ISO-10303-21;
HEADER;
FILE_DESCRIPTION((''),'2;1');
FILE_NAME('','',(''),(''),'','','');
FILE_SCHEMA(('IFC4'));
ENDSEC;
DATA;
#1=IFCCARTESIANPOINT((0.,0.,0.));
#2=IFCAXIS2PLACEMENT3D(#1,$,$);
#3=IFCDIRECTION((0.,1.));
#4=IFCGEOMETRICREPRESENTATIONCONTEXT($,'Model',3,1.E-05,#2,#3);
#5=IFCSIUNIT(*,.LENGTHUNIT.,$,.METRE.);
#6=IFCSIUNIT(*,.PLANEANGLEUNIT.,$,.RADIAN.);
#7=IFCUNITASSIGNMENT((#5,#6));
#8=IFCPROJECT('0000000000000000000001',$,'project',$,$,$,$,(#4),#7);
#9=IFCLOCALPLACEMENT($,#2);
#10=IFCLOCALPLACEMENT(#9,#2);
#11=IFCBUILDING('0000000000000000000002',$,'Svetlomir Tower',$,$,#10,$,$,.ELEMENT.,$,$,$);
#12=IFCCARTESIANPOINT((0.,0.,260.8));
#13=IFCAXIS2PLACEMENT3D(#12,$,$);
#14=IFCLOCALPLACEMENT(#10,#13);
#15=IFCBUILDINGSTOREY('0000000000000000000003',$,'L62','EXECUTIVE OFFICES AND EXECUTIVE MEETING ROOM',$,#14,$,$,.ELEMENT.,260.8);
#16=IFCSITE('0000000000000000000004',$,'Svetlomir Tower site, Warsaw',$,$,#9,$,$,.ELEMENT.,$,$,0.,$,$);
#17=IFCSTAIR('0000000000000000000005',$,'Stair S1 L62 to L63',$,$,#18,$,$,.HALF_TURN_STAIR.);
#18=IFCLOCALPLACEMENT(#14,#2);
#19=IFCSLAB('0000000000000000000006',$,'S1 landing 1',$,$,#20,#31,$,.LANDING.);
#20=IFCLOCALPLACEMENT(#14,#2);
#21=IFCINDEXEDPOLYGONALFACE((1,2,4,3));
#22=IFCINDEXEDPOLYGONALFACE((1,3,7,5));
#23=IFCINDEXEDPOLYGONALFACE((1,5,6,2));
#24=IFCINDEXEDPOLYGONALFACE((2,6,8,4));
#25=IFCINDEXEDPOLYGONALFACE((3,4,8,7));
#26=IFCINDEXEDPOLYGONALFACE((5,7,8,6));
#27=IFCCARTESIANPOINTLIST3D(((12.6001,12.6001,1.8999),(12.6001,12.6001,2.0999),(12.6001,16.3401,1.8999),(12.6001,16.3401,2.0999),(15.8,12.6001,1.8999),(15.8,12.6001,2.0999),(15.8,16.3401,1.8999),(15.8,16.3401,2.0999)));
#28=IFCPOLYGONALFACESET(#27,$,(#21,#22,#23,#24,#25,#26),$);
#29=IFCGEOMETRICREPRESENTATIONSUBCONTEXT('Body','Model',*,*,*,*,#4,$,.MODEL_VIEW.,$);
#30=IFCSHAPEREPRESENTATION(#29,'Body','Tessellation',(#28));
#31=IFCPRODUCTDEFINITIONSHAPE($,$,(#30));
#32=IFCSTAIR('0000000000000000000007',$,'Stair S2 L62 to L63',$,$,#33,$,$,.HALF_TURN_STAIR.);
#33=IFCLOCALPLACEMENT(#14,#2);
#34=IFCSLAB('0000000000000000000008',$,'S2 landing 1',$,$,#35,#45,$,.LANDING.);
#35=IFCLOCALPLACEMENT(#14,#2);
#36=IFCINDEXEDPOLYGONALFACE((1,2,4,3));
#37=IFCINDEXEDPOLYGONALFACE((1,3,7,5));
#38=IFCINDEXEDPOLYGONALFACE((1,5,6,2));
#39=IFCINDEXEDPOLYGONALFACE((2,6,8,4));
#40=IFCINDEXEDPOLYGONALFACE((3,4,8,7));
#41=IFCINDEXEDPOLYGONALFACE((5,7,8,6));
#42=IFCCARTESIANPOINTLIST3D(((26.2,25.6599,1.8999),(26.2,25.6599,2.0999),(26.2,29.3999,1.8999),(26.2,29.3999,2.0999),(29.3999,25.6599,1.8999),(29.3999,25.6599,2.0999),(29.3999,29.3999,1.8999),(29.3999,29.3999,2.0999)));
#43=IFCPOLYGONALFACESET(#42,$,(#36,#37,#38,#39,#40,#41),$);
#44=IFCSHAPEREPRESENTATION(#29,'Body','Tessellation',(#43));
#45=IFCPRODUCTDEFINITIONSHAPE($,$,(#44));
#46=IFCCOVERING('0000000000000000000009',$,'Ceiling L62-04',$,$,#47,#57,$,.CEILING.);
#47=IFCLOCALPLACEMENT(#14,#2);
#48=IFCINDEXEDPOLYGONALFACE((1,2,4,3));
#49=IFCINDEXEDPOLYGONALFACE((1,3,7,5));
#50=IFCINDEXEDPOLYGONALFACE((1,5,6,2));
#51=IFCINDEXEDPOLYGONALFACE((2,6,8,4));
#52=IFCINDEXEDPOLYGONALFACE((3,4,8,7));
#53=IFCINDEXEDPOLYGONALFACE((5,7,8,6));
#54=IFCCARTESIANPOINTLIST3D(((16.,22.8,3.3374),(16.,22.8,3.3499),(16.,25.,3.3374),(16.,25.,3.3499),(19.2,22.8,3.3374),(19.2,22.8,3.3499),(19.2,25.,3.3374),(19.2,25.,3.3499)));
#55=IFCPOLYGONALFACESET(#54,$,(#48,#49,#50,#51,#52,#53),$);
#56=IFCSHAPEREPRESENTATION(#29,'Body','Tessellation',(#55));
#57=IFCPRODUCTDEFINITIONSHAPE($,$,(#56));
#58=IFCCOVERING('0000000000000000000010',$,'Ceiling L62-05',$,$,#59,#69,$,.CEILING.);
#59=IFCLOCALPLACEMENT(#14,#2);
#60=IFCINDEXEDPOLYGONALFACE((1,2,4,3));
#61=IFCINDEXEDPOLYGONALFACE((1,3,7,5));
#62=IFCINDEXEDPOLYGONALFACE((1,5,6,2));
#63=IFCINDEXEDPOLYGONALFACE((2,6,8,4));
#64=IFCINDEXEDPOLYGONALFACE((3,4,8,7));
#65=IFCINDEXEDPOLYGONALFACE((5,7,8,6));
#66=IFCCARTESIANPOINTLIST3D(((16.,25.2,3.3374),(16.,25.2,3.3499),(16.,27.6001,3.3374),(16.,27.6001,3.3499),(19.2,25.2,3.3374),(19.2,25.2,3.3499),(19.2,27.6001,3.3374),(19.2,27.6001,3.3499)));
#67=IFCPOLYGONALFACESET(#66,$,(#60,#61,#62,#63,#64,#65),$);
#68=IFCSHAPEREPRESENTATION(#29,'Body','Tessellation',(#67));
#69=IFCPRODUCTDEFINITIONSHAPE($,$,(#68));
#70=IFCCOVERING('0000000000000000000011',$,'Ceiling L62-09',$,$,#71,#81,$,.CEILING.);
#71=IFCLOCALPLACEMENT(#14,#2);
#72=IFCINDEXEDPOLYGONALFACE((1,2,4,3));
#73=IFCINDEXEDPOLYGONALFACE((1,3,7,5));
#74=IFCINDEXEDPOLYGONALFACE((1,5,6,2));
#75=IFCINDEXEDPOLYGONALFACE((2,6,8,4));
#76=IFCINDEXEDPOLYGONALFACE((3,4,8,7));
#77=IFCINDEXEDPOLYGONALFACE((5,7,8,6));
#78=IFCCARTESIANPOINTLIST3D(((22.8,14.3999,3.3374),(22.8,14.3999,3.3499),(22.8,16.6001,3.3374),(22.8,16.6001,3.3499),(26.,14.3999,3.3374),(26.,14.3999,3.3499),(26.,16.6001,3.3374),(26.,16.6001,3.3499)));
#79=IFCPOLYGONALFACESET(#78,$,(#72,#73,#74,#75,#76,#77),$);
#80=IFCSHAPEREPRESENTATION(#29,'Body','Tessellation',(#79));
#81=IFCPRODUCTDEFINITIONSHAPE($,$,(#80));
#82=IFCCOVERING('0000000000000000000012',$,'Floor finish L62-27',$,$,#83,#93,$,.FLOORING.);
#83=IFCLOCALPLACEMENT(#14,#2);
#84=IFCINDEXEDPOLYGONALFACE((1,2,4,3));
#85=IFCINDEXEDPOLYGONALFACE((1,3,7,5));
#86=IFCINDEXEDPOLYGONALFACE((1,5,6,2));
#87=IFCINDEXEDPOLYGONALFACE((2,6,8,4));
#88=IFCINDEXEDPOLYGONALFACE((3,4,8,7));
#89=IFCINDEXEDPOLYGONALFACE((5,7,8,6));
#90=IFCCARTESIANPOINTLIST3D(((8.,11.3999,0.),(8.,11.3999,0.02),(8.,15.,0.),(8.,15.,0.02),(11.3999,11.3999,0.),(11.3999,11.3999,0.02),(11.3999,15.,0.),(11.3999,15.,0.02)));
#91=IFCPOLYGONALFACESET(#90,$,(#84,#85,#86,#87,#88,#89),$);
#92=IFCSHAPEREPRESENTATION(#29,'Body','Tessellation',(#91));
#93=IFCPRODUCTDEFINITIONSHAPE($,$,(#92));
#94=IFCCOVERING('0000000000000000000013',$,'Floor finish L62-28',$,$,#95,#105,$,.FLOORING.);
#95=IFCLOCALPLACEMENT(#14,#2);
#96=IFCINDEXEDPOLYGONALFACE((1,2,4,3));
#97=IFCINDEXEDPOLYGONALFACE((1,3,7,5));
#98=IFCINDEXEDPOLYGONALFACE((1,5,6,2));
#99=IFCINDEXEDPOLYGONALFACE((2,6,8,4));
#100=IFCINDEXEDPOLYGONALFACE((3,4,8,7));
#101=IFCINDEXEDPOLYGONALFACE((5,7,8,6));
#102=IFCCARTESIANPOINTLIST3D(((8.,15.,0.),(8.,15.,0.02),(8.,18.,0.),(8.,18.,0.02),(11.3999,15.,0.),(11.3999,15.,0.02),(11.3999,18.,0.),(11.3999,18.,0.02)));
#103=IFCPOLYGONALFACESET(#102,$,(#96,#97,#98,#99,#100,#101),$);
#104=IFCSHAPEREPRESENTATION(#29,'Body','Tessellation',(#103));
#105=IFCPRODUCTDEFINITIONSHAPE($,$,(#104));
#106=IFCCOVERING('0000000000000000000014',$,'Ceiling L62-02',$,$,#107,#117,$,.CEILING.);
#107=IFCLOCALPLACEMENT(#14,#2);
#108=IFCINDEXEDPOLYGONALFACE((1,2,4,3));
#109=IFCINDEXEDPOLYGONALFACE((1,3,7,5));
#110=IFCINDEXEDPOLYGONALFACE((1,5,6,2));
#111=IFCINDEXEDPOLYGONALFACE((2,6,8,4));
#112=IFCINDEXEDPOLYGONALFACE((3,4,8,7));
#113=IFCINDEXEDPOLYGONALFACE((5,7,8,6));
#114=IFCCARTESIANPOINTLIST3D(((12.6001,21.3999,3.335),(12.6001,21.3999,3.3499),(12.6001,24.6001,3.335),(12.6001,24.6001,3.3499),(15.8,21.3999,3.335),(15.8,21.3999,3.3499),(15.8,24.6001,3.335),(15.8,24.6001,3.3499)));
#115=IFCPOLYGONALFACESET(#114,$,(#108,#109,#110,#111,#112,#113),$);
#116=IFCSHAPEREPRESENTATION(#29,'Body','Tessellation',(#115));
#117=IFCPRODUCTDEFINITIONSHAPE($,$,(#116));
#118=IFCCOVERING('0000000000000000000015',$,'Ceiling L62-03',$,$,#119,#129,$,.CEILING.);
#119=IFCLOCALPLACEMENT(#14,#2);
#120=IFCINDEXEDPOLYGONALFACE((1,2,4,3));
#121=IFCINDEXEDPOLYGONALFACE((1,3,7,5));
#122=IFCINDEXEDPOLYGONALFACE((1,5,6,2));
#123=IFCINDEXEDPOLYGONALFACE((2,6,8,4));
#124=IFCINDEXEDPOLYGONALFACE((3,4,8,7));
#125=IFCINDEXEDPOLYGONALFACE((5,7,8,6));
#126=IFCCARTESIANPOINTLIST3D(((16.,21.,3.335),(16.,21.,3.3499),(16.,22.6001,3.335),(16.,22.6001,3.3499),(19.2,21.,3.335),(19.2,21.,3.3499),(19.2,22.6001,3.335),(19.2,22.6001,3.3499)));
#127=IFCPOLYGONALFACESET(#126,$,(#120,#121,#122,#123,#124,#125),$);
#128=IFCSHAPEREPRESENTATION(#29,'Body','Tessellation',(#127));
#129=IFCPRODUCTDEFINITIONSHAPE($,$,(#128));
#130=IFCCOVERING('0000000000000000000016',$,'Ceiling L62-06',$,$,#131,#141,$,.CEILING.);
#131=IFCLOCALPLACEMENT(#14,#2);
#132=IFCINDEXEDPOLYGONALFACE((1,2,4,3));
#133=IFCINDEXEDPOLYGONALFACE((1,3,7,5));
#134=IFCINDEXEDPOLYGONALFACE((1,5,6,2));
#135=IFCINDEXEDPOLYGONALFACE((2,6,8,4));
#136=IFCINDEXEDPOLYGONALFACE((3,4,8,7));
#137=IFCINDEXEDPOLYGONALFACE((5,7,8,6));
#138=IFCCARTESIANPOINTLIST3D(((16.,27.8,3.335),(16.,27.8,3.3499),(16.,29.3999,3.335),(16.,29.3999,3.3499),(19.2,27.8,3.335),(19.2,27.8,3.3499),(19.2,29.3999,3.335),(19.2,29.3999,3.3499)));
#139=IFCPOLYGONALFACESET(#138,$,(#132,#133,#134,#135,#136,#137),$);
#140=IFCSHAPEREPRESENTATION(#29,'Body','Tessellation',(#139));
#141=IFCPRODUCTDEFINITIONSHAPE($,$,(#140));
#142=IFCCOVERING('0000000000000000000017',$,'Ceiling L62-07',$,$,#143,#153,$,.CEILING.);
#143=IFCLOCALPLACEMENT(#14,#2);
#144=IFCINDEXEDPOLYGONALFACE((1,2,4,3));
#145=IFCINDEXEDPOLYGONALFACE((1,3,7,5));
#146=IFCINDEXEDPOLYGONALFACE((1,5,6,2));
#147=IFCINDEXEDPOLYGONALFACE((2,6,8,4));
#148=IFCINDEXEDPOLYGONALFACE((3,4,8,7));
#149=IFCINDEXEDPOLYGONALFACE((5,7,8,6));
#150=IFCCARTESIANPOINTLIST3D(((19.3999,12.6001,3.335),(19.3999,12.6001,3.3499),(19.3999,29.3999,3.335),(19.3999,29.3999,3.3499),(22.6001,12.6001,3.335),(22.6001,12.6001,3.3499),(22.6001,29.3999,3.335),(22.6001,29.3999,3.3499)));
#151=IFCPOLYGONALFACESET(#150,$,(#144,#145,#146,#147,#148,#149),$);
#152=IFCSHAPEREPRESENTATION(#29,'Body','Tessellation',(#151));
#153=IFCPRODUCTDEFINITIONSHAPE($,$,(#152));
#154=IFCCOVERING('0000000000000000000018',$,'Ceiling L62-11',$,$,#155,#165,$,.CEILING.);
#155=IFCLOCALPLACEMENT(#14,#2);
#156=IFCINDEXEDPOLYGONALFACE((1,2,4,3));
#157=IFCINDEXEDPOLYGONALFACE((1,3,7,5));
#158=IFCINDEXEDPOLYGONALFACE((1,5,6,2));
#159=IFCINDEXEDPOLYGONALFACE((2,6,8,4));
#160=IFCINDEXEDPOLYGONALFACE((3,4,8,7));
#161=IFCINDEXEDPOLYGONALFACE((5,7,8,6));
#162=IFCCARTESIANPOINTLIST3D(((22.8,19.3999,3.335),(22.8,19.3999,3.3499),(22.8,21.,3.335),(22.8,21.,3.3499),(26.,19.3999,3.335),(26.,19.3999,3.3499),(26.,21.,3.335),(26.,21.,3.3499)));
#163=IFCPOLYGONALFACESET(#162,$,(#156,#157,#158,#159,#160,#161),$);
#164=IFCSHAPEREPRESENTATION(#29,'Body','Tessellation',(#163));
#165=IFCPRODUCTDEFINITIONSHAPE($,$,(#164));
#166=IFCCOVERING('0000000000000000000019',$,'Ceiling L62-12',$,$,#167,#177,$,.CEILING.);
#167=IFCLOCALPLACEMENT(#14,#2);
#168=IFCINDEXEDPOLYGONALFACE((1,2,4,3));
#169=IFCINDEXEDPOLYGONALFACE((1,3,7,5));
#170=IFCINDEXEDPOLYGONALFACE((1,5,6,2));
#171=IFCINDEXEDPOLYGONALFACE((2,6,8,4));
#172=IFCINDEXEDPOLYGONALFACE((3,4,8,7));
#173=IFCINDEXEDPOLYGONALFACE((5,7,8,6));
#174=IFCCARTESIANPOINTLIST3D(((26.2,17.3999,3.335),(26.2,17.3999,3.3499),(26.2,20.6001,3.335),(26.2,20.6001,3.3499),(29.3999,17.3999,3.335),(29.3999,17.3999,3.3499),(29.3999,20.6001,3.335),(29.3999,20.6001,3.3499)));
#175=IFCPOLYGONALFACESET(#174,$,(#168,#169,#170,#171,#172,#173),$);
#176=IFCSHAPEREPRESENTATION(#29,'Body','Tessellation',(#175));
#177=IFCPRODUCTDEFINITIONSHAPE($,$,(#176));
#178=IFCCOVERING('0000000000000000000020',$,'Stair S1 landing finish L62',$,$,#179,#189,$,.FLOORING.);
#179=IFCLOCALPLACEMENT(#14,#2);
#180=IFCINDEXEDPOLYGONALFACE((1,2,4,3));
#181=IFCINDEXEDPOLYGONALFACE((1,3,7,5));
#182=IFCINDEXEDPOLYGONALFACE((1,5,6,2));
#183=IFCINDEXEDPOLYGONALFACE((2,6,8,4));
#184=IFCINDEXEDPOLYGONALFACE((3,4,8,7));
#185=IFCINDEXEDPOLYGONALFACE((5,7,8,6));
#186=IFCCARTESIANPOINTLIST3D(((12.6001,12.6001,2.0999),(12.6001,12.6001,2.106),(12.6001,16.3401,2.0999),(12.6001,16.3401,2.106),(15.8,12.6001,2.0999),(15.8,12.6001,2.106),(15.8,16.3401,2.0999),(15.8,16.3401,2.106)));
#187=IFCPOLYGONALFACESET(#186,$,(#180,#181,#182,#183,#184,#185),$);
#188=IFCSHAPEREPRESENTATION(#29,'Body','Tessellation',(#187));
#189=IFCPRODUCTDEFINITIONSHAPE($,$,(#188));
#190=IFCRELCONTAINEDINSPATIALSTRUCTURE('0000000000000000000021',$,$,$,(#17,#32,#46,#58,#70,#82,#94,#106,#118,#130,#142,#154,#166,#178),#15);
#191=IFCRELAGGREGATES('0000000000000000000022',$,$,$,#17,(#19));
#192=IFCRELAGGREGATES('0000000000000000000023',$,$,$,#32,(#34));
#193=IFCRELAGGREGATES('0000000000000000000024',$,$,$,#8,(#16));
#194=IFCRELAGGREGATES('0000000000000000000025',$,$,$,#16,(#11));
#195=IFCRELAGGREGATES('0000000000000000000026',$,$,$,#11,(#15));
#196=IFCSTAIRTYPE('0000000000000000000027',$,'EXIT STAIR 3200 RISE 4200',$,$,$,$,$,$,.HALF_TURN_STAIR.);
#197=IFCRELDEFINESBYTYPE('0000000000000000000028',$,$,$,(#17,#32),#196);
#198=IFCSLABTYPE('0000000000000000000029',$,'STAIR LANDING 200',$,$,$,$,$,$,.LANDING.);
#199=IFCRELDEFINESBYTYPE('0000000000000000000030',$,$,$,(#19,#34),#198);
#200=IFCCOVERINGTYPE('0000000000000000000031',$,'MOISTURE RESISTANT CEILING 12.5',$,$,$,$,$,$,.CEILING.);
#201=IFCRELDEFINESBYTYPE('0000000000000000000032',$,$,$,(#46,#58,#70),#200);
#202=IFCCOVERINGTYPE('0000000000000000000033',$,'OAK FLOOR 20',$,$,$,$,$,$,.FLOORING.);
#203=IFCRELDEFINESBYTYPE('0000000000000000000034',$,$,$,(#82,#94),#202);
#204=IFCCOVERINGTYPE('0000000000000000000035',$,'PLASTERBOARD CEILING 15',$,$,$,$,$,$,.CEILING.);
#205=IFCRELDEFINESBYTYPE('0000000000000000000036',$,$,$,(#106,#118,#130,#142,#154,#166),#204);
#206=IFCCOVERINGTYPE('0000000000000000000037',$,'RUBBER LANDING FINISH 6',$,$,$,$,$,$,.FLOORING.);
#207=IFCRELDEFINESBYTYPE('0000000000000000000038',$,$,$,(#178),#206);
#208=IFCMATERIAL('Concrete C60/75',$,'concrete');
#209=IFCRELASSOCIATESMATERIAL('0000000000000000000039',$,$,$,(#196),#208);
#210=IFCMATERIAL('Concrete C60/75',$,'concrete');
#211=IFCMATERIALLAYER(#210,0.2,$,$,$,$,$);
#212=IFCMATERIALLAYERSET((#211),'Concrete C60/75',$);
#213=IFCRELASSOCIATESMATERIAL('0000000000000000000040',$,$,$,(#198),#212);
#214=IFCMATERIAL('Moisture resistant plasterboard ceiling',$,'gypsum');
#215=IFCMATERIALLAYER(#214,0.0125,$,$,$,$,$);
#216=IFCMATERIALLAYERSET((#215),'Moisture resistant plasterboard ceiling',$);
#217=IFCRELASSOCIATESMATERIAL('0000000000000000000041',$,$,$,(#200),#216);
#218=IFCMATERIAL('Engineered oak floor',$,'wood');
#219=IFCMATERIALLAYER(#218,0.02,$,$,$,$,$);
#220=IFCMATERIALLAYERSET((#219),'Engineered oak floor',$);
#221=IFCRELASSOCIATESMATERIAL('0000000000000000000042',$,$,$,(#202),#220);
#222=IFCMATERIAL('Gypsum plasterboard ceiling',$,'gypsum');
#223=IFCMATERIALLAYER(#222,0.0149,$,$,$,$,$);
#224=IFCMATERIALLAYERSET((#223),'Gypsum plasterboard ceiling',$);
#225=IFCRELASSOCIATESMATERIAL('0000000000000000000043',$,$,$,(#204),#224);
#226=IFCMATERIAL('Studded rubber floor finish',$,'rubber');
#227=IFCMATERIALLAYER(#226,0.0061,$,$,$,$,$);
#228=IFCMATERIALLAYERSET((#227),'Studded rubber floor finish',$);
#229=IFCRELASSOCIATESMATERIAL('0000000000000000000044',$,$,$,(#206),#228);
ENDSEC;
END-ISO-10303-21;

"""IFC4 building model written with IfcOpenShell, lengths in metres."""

from ifc_helpers import new_model, si_unit, direction, frame, origin, place, context, subcontext, project, spatial, polyline, outline, extrude, material, layer, layer_set, type_object, element, aggregate, save


model = new_model("IFC4")

# Units and contexts
model_context = context("Model", 3, precision=1e-05, world=origin(), true_north=direction((0.0, 1.0)))
body_context = subcontext(model_context, "Body", "Model", "MODEL_VIEW")
ifc_project = project(units=[si_unit("LENGTHUNIT", "METRE"), si_unit("PLANEANGLEUNIT", "RADIAN")], contexts=[model_context])

# Site, building, storey
site_placement = place(None, origin())
site = spatial("IfcSite", under=ifc_project, at=site_placement, Name="Svetlomir Tower site, Warsaw", CompositionType="ELEMENT", RefElevation=0.0)
building_placement = place(site_placement, origin())
building = spatial("IfcBuilding", under=site, at=building_placement, Name="Svetlomir Tower", CompositionType="ELEMENT")
storey_placement = place(building_placement, frame((0.0, 0.0, 260.8)))
storey = spatial("IfcBuildingStorey", under=building, at=storey_placement, Name="L62", Description="EXECUTIVE OFFICES AND EXECUTIVE MEETING ROOM", CompositionType="ELEMENT", Elevation=260.8)

# Stairs, slabs
ifc_material_1 = material(Name="Concrete C60/75", Category="concrete")
stair_type = type_object("IfcStairType", Name="EXIT STAIR 3200 RISE 4200", PredefinedType="HALF_TURN_STAIR", material=ifc_material_1)
stair_1_placement = place(storey_placement, origin())
stair_1 = element("IfcStair", 1, at=stair_1_placement, inside=storey, type_object=stair_type, Name="Stair S1 L62 to L63", PredefinedType="HALF_TURN_STAIR")
ifc_material_2 = material(Name="Concrete C60/75", Category="concrete")
ifc_layer_1 = layer(ifc_material_2, 0.2)
ifc_layer_set_1 = layer_set([ifc_layer_1], Name="Concrete C60/75")
slab_type = type_object("IfcSlabType", Name="STAIR LANDING 200", PredefinedType="LANDING", material=ifc_layer_set_1)
slab_1_placement = place(storey_placement, frame((0.0, 0.0, 1.8999)))
slab_1 = element("IfcSlab", 2, at=slab_1_placement, type_object=slab_type, Name="S1 landing 1", PredefinedType="LANDING", context=body_context, shape_type="SweptSolid", body=[
    extrude(outline(polyline([(12.6001, 12.6001), (15.8, 12.6001), (15.8, 16.3401), (12.6001, 16.3401), (12.6001, 12.6001)])), origin(), (0.0, 0.0, 1.0), 0.2),
])
aggregate(stair_1, [slab_1])
stair_2_placement = place(storey_placement, origin())
stair_2 = element("IfcStair", 3, at=stair_2_placement, inside=storey, type_object=stair_type, Name="Stair S2 L62 to L63", PredefinedType="HALF_TURN_STAIR")
slab_2_placement = place(storey_placement, frame((0.0, 0.0, 1.8999)))
slab_2 = element("IfcSlab", 4, at=slab_2_placement, type_object=slab_type, Name="S2 landing 1", PredefinedType="LANDING", context=body_context, shape_type="SweptSolid", body=[
    extrude(outline(polyline([(26.2, 25.6599), (29.3999, 25.6599), (29.3999, 29.3999), (26.2, 29.3999), (26.2, 25.6599)])), origin(), (0.0, 0.0, 1.0), 0.2),
])
aggregate(stair_2, [slab_2])

# Coverings
ifc_material_3 = material(Name="Moisture resistant plasterboard ceiling", Category="gypsum")
ifc_layer_2 = layer(ifc_material_3, 0.0125)
ifc_layer_set_2 = layer_set([ifc_layer_2], Name="Moisture resistant plasterboard ceiling")
covering_type_1 = type_object("IfcCoveringType", Name="MOISTURE RESISTANT CEILING 12.5", PredefinedType="CEILING", material=ifc_layer_set_2)
covering_1_placement = place(storey_placement, frame((0.0, 0.0, 3.3374)))
element("IfcCovering", 5, at=covering_1_placement, inside=storey, type_object=covering_type_1, Name="Ceiling L62-04", PredefinedType="CEILING", context=body_context, shape_type="SweptSolid", body=[
    extrude(outline(polyline([(16.0, 22.8), (19.2, 22.8), (19.2, 25.0), (16.0, 25.0), (16.0, 22.8)])), origin(), (0.0, 0.0, 1.0), 0.0125),
])
covering_2_placement = place(storey_placement, frame((0.0, 0.0, 3.3374)))
element("IfcCovering", 6, at=covering_2_placement, inside=storey, type_object=covering_type_1, Name="Ceiling L62-05", PredefinedType="CEILING", context=body_context, shape_type="SweptSolid", body=[
    extrude(outline(polyline([(16.0, 25.2), (19.2, 25.2), (19.2, 27.6001), (16.0, 27.6001), (16.0, 25.2)])), origin(), (0.0, 0.0, 1.0), 0.0125),
])
covering_3_placement = place(storey_placement, frame((0.0, 0.0, 3.3374)))
element("IfcCovering", 7, at=covering_3_placement, inside=storey, type_object=covering_type_1, Name="Ceiling L62-09", PredefinedType="CEILING", context=body_context, shape_type="SweptSolid", body=[
    extrude(outline(polyline([(22.8, 14.3999), (26.0, 14.3999), (26.0, 16.6001), (22.8, 16.6001), (22.8, 14.3999)])), origin(), (0.0, 0.0, 1.0), 0.0125),
])
ifc_material_4 = material(Name="Engineered oak floor", Category="wood")
ifc_layer_3 = layer(ifc_material_4, 0.02)
ifc_layer_set_3 = layer_set([ifc_layer_3], Name="Engineered oak floor")
covering_type_2 = type_object("IfcCoveringType", Name="OAK FLOOR 20", PredefinedType="FLOORING", material=ifc_layer_set_3)
covering_4_placement = place(storey_placement, origin())
element("IfcCovering", 8, at=covering_4_placement, inside=storey, type_object=covering_type_2, Name="Floor finish L62-27", PredefinedType="FLOORING", context=body_context, shape_type="SweptSolid", body=[
    extrude(outline(polyline([(8.0, 11.3999), (11.3999, 11.3999), (11.3999, 15.0), (8.0, 15.0), (8.0, 11.3999)])), origin(), (0.0, 0.0, 1.0), 0.02),
])
covering_5_placement = place(storey_placement, origin())
element("IfcCovering", 9, at=covering_5_placement, inside=storey, type_object=covering_type_2, Name="Floor finish L62-28", PredefinedType="FLOORING", context=body_context, shape_type="SweptSolid", body=[
    extrude(outline(polyline([(8.0, 15.0), (11.3999, 15.0), (11.3999, 18.0), (8.0, 18.0), (8.0, 15.0)])), origin(), (0.0, 0.0, 1.0), 0.02),
])
ifc_material_5 = material(Name="Gypsum plasterboard ceiling", Category="gypsum")
ifc_layer_4 = layer(ifc_material_5, 0.0149)
ifc_layer_set_4 = layer_set([ifc_layer_4], Name="Gypsum plasterboard ceiling")
covering_type_3 = type_object("IfcCoveringType", Name="PLASTERBOARD CEILING 15", PredefinedType="CEILING", material=ifc_layer_set_4)
covering_6_placement = place(storey_placement, frame((0.0, 0.0, 3.335)))
element("IfcCovering", 10, at=covering_6_placement, inside=storey, type_object=covering_type_3, Name="Ceiling L62-02", PredefinedType="CEILING", context=body_context, shape_type="SweptSolid", body=[
    extrude(outline(polyline([(12.6001, 21.3999), (15.8, 21.3999), (15.8, 24.6001), (12.6001, 24.6001), (12.6001, 21.3999)])), origin(), (0.0, 0.0, 1.0), 0.0149),
])
covering_7_placement = place(storey_placement, frame((0.0, 0.0, 3.335)))
element("IfcCovering", 11, at=covering_7_placement, inside=storey, type_object=covering_type_3, Name="Ceiling L62-03", PredefinedType="CEILING", context=body_context, shape_type="SweptSolid", body=[
    extrude(outline(polyline([(16.0, 21.0), (19.2, 21.0), (19.2, 22.6001), (16.0, 22.6001), (16.0, 21.0)])), origin(), (0.0, 0.0, 1.0), 0.0149),
])
covering_8_placement = place(storey_placement, frame((0.0, 0.0, 3.335)))
element("IfcCovering", 12, at=covering_8_placement, inside=storey, type_object=covering_type_3, Name="Ceiling L62-06", PredefinedType="CEILING", context=body_context, shape_type="SweptSolid", body=[
    extrude(outline(polyline([(16.0, 27.8), (19.2, 27.8), (19.2, 29.3999), (16.0, 29.3999), (16.0, 27.8)])), origin(), (0.0, 0.0, 1.0), 0.0149),
])
covering_9_placement = place(storey_placement, frame((0.0, 0.0, 3.335)))
element("IfcCovering", 13, at=covering_9_placement, inside=storey, type_object=covering_type_3, Name="Ceiling L62-07", PredefinedType="CEILING", context=body_context, shape_type="SweptSolid", body=[
    extrude(outline(polyline([(19.3999, 12.6001), (22.6001, 12.6001), (22.6001, 29.3999), (19.3999, 29.3999), (19.3999, 12.6001)])), origin(), (0.0, 0.0, 1.0), 0.0149),
])
covering_10_placement = place(storey_placement, frame((0.0, 0.0, 3.335)))
element("IfcCovering", 14, at=covering_10_placement, inside=storey, type_object=covering_type_3, Name="Ceiling L62-11", PredefinedType="CEILING", context=body_context, shape_type="SweptSolid", body=[
    extrude(outline(polyline([(22.8, 19.3999), (26.0, 19.3999), (26.0, 21.0), (22.8, 21.0), (22.8, 19.3999)])), origin(), (0.0, 0.0, 1.0), 0.0149),
])
covering_11_placement = place(storey_placement, frame((0.0, 0.0, 3.335)))
element("IfcCovering", 15, at=covering_11_placement, inside=storey, type_object=covering_type_3, Name="Ceiling L62-12", PredefinedType="CEILING", context=body_context, shape_type="SweptSolid", body=[
    extrude(outline(polyline([(26.2, 17.3999), (29.3999, 17.3999), (29.3999, 20.6001), (26.2, 20.6001), (26.2, 17.3999)])), origin(), (0.0, 0.0, 1.0), 0.0149),
])
ifc_material_6 = material(Name="Studded rubber floor finish", Category="rubber")
ifc_layer_5 = layer(ifc_material_6, 0.0061)
ifc_layer_set_5 = layer_set([ifc_layer_5], Name="Studded rubber floor finish")
covering_type_4 = type_object("IfcCoveringType", Name="RUBBER LANDING FINISH 6", PredefinedType="FLOORING", material=ifc_layer_set_5)
covering_12_placement = place(storey_placement, frame((0.0, 0.0, 2.0999)))
element("IfcCovering", 16, at=covering_12_placement, inside=storey, type_object=covering_type_4, Name="Stair S1 landing finish L62", PredefinedType="FLOORING", context=body_context, shape_type="SweptSolid", body=[
    extrude(outline(polyline([(12.6001, 12.6001), (15.8, 12.6001), (15.8, 16.3401), (12.6001, 16.3401), (12.6001, 12.6001)])), origin(), (0.0, 0.0, 1.0), 0.0061),
])

save(model, "model.ifc")
